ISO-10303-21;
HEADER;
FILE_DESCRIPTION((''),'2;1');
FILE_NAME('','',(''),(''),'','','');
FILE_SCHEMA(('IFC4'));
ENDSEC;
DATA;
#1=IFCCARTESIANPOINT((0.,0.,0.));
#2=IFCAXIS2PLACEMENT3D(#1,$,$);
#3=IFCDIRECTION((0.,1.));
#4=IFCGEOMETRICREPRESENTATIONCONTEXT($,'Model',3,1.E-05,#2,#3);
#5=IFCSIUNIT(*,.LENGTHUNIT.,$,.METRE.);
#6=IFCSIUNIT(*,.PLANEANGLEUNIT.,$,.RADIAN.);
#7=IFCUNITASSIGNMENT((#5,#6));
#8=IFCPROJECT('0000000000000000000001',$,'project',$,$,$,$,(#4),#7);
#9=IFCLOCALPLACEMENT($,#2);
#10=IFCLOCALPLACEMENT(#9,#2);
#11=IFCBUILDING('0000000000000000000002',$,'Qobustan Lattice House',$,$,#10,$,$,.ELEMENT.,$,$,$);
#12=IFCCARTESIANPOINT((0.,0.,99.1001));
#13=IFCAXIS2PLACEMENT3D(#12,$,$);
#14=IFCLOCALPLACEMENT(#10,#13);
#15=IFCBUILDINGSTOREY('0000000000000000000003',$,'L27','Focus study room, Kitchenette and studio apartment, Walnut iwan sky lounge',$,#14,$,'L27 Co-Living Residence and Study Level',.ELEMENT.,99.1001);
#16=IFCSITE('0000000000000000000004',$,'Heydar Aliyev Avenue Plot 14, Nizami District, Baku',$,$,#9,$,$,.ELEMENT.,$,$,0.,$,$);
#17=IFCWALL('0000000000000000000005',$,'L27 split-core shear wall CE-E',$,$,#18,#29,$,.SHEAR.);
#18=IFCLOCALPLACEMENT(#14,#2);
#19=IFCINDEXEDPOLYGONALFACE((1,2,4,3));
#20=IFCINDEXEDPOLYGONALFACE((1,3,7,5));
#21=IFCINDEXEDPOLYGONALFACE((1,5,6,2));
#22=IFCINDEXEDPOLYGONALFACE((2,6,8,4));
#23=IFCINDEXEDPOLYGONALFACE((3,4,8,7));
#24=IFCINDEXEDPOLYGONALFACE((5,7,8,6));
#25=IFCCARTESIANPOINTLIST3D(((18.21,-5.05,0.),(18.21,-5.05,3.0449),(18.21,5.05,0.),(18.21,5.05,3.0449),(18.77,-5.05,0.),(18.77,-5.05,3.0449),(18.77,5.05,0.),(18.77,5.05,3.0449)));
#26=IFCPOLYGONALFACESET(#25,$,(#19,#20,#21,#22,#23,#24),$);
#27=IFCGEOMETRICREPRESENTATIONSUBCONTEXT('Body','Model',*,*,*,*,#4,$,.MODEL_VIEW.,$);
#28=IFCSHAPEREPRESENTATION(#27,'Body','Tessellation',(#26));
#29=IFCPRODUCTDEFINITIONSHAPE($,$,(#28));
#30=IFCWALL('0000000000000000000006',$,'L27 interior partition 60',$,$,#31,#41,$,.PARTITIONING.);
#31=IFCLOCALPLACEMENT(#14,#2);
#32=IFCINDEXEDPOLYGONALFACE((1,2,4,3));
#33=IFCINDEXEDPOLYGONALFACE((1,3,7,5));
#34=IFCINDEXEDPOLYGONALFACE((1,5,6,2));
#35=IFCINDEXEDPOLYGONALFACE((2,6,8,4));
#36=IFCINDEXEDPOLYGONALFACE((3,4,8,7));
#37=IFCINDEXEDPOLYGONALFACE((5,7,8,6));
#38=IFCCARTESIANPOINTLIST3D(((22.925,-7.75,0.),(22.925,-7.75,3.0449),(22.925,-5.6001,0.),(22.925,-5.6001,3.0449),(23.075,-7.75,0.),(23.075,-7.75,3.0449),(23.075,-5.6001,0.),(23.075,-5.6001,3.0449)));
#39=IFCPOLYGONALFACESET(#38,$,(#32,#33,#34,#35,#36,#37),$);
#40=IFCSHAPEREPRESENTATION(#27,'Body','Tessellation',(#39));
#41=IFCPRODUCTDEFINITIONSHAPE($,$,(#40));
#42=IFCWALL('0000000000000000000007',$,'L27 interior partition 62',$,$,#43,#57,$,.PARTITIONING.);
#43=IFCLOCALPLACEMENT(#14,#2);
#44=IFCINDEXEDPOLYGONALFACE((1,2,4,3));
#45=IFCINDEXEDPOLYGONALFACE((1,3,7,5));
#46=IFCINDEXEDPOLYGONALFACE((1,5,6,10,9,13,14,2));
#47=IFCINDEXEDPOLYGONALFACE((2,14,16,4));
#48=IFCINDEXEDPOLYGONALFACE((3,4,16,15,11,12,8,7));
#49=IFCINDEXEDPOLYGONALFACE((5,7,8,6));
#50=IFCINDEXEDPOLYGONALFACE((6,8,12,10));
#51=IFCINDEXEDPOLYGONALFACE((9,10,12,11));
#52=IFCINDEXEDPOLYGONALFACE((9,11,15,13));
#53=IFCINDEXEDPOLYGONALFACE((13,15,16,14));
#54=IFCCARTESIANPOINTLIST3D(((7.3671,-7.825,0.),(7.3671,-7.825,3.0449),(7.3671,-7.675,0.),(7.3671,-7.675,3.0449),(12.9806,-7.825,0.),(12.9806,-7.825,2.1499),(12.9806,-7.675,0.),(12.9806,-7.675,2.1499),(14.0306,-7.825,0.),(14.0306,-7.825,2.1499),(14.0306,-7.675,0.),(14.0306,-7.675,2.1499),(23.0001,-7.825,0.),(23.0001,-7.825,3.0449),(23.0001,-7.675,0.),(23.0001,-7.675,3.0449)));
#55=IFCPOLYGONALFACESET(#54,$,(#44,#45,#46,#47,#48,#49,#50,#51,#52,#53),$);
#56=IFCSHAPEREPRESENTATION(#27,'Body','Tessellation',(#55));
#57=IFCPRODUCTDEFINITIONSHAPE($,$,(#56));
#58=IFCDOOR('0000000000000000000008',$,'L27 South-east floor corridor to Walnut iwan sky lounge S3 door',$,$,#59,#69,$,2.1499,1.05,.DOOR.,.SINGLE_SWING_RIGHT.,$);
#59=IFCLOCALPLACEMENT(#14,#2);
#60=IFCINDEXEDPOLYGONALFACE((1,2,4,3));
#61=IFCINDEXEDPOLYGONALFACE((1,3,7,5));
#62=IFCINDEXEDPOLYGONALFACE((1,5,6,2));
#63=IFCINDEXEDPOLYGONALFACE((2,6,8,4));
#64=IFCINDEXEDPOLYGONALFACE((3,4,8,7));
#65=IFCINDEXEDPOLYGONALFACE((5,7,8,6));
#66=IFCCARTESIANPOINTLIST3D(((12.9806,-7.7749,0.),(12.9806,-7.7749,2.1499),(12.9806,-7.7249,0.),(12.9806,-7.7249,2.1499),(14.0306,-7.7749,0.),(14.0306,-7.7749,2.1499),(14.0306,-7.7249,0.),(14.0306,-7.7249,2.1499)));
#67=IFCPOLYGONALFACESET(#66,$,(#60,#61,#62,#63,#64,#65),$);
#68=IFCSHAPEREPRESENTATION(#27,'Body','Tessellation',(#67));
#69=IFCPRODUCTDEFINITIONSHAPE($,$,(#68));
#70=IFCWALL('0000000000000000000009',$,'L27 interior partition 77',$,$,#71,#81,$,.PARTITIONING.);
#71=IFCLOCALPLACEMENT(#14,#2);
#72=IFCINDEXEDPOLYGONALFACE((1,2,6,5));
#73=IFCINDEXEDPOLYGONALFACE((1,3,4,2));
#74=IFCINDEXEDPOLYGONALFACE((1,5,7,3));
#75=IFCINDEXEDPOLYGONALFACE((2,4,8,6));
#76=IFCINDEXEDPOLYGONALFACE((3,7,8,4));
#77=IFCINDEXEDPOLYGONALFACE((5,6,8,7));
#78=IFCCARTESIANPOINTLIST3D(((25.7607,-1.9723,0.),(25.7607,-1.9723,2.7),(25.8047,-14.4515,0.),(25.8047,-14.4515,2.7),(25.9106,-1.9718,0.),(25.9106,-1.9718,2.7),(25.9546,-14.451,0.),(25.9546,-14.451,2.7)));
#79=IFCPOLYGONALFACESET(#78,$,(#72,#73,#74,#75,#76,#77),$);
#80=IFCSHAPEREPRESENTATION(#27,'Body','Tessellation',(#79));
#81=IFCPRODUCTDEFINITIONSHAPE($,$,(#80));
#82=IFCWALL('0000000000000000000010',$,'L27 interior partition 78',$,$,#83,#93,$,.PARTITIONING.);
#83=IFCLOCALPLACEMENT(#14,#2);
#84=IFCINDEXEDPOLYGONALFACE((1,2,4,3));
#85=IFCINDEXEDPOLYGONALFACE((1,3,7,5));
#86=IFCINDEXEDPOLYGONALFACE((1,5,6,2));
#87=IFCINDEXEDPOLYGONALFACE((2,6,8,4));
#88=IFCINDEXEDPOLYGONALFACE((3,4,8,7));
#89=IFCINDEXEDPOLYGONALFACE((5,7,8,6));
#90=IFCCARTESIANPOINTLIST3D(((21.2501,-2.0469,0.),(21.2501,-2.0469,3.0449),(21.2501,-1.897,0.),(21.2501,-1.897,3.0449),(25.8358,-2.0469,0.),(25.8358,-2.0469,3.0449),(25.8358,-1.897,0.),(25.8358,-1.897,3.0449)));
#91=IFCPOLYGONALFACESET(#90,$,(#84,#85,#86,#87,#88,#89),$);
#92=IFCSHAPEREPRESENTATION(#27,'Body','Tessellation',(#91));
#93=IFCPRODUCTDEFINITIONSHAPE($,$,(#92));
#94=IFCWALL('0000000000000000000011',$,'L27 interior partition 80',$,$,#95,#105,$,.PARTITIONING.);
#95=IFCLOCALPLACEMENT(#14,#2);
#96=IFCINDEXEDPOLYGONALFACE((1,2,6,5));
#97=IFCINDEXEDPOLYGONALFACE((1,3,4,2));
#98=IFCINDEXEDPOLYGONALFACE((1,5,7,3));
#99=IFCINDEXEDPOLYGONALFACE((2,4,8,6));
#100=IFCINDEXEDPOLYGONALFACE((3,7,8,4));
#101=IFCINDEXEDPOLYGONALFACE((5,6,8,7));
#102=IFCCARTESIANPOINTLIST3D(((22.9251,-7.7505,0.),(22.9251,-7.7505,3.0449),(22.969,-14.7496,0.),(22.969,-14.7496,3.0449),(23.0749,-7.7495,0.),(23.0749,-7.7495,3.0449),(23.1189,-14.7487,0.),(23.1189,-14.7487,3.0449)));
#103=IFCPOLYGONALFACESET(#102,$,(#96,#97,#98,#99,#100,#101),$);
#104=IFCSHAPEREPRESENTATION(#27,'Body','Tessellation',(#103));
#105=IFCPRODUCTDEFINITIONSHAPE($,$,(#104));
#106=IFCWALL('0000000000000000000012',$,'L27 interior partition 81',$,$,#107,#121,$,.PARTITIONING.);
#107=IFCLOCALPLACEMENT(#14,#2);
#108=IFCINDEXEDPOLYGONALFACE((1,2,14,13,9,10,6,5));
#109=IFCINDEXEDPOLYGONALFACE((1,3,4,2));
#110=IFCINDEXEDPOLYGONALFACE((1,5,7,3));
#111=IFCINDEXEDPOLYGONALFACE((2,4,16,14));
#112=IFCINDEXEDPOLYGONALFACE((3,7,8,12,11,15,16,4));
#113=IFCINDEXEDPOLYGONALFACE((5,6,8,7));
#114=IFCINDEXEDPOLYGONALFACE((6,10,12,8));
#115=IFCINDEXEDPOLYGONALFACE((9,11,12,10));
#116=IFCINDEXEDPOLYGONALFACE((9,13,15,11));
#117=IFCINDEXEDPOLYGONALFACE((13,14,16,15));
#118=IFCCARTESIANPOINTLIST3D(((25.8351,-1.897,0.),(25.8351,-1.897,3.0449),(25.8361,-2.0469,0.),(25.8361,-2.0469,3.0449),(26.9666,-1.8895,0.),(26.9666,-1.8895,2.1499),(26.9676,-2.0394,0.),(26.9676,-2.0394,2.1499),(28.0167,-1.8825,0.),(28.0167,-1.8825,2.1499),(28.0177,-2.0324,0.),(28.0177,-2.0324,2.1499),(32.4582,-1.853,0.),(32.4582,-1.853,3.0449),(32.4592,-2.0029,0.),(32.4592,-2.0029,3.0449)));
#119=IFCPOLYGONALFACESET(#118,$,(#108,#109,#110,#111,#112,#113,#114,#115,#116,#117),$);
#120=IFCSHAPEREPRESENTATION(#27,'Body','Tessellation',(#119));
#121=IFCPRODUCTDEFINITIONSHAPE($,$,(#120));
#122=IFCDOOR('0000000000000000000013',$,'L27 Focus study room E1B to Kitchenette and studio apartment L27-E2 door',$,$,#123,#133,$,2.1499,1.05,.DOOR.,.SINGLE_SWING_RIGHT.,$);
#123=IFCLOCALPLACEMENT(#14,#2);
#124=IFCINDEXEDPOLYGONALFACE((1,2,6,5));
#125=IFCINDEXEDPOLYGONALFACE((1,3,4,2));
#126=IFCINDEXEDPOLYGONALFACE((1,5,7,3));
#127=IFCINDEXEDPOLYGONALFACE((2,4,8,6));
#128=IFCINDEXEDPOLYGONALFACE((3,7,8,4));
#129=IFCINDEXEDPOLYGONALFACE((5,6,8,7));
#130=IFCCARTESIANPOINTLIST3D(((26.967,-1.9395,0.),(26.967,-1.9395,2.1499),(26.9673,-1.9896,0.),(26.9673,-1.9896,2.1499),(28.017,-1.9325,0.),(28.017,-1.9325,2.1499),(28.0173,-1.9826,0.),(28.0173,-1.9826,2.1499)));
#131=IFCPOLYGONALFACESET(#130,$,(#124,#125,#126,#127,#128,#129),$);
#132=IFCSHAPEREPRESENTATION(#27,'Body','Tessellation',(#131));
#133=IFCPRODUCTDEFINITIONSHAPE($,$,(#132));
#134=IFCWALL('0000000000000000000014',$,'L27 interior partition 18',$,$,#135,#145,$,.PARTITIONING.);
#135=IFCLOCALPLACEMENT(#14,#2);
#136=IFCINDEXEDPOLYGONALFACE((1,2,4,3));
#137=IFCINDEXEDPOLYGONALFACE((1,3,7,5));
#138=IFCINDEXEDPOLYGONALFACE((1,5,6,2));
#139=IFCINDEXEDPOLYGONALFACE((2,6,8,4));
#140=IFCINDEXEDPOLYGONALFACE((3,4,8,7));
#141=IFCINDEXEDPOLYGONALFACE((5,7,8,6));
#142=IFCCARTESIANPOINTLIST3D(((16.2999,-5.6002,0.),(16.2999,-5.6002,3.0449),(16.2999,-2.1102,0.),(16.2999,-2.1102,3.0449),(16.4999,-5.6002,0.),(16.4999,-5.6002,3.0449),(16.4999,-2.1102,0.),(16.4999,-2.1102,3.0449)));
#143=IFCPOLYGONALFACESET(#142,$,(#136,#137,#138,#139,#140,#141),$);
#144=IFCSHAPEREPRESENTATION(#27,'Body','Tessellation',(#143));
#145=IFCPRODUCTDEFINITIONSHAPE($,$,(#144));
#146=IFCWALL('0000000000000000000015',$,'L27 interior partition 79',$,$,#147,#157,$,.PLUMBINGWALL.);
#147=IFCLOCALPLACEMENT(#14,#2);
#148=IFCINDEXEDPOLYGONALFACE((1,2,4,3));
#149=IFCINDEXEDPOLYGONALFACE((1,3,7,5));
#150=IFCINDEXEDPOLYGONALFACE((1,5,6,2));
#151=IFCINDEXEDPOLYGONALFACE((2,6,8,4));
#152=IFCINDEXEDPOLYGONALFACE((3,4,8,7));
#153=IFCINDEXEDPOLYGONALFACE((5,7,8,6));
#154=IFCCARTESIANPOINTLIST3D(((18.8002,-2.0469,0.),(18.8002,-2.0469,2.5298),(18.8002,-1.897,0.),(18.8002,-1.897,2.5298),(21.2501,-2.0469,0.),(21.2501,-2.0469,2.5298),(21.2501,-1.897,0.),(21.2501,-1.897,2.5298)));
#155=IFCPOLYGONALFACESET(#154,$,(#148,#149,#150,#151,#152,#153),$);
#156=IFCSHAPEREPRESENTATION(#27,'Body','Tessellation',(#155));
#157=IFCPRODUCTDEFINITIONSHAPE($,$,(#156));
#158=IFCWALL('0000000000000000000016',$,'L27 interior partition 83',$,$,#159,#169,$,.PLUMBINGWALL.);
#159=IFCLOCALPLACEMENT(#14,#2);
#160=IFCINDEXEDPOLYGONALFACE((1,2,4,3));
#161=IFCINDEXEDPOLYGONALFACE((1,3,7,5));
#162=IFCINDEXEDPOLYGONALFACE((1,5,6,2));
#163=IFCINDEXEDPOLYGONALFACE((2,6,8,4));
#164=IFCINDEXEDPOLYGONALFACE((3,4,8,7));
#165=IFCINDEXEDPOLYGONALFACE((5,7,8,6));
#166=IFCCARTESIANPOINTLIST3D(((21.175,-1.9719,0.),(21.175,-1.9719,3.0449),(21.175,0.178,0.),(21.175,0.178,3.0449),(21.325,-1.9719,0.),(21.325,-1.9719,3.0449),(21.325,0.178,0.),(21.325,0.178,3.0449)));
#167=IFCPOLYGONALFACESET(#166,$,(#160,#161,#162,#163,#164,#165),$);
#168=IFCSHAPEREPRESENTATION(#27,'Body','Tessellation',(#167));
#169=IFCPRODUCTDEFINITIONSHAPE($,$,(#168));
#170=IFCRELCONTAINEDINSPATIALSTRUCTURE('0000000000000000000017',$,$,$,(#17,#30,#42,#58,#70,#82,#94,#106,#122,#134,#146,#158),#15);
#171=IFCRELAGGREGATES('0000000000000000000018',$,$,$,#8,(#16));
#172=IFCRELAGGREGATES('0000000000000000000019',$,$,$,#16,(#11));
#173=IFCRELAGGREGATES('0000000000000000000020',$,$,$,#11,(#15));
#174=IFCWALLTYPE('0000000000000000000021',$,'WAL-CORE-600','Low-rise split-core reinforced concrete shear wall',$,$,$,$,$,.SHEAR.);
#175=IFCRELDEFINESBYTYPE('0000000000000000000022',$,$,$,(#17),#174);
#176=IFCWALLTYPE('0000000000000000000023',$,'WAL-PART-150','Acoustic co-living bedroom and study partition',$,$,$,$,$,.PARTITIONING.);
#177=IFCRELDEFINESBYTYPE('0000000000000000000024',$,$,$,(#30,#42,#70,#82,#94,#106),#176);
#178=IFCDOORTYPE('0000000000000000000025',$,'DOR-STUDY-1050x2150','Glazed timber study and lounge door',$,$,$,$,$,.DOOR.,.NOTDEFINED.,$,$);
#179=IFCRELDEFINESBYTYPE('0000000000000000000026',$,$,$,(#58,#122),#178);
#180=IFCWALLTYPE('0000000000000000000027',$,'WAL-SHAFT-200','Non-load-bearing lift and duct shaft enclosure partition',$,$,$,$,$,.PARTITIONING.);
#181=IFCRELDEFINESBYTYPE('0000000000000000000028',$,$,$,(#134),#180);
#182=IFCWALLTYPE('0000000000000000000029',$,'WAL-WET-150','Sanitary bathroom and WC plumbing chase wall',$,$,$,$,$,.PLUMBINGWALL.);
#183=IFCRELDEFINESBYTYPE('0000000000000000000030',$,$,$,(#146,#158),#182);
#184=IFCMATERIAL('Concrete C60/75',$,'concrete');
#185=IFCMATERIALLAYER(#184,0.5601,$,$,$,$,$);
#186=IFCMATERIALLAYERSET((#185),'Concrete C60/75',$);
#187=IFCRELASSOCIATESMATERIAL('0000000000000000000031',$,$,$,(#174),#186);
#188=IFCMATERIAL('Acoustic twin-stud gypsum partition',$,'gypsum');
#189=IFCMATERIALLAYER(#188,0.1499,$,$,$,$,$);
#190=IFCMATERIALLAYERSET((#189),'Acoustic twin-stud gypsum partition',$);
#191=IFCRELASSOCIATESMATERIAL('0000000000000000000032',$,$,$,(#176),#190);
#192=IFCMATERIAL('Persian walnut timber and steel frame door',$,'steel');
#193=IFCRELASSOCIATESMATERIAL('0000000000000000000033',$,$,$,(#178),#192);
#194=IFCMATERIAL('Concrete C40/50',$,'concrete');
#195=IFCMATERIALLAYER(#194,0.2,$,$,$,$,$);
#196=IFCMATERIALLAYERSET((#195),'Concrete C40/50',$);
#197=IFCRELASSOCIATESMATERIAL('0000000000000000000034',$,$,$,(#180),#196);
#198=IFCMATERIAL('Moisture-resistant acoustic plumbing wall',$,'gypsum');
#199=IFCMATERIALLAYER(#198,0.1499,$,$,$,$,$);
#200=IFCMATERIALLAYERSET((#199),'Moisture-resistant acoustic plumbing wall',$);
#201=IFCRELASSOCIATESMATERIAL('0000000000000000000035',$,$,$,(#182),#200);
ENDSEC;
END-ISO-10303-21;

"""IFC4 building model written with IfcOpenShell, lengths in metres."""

from ifc_helpers import new_model, si_unit, direction, frame, frame_2d, origin, place, context, subcontext, project, spatial, rectangle, extrude, material, layer, layer_set, type_object, element, fill, save


model = new_model("IFC4")

# Units and contexts
model_context = context("Model", 3, precision=1e-05, world=origin(), true_north=direction((0.0, 1.0)))
body_context = subcontext(model_context, "Body", "Model", "MODEL_VIEW")
ifc_project = project(units=[si_unit("LENGTHUNIT", "METRE"), si_unit("PLANEANGLEUNIT", "RADIAN")], contexts=[model_context])

# Site, building, storey
site_placement = place(None, origin())
site = spatial("IfcSite", under=ifc_project, at=site_placement, Name="Heydar Aliyev Avenue Plot 14, Nizami District, Baku", CompositionType="ELEMENT", RefElevation=0.0)
building_placement = place(site_placement, origin())
building = spatial("IfcBuilding", under=site, at=building_placement, Name="Qobustan Lattice House", CompositionType="ELEMENT")
storey_placement = place(building_placement, frame((0.0, 0.0, 99.1001)))
storey = spatial("IfcBuildingStorey", under=building, at=storey_placement, Name="L27", Description="Focus study room, Kitchenette and studio apartment, Walnut iwan sky lounge", LongName="L27 Co-Living Residence and Study Level", CompositionType="ELEMENT", Elevation=99.1001)

# Wall
ifc_material_1 = material(Name="Concrete C60/75", Category="concrete")
ifc_layer_1 = layer(ifc_material_1, 0.5601)
ifc_layer_set_1 = layer_set([ifc_layer_1], Name="Concrete C60/75")
wall_type_1 = type_object("IfcWallType", Name="WAL-CORE-600", Description="Low-rise split-core reinforced concrete shear wall", PredefinedType="SHEAR", material=ifc_layer_set_1)
wall_1_placement = place(storey_placement, frame((18.49, -5.05, 0.0), z_axis=(0.0, 0.0, 1.0), x_axis=(0.0, 1.0, 0.0)))
element("IfcWall", 1, at=wall_1_placement, inside=storey, type_object=wall_type_1, Name="L27 split-core shear wall CE-E", PredefinedType="SHEAR", context=body_context, shape_type="SweptSolid", body=[
    extrude(rectangle(XDim=10.1001, YDim=0.5601, at=frame_2d((5.05, 0.0))), origin(), (0.0, 0.0, 1.0), 3.0449),
])

# Shared definitions
ifc_material_2 = material(Name="Acoustic twin-stud gypsum partition", Category="gypsum")
ifc_layer_2 = layer(ifc_material_2, 0.1499)
ifc_layer_set_2 = layer_set([ifc_layer_2], Name="Acoustic twin-stud gypsum partition")
wall_type_2 = type_object("IfcWallType", Name="WAL-PART-150", Description="Acoustic co-living bedroom and study partition", PredefinedType="PARTITIONING", material=ifc_layer_set_2)
ifc_material_3 = material(Name="Persian walnut timber and steel frame door", Category="steel")
door_type = type_object("IfcDoorType", Name="DOR-STUDY-1050x2150", Description="Glazed timber study and lounge door", OperationType="NOTDEFINED", PredefinedType="DOOR", material=ifc_material_3)

# Wall
wall_2_placement = place(storey_placement, frame((23.0, -5.6001, 0.0), z_axis=(0.0, 0.0, 1.0), x_axis=(0.0, -1.0, 0.0)))
element("IfcWall", 2, at=wall_2_placement, inside=storey, type_object=wall_type_2, Name="L27 interior partition 60", PredefinedType="PARTITIONING", context=body_context, shape_type="SweptSolid", body=[
    extrude(rectangle(XDim=2.1499, YDim=0.1499, at=frame_2d((1.075, 0.0))), origin(), (0.0, 0.0, 1.0), 3.0449),
])

# Wall, opening, door
wall_3_placement = place(storey_placement, frame((23.0, -7.75, 0.0), z_axis=(0.0, 0.0, 1.0), x_axis=(-1.0, 0.0, 0.0)))
wall_3 = element("IfcWall", 3, at=wall_3_placement, inside=storey, type_object=wall_type_2, Name="L27 interior partition 62", PredefinedType="PARTITIONING", context=body_context, shape_type="SweptSolid", body=[
    extrude(rectangle(XDim=15.6331, YDim=0.1499, at=frame_2d((7.8164, 0.0))), origin(), (0.0, 0.0, 1.0), 3.0449),
])
opening_1_placement = place(wall_3_placement, frame((8.9695, 0.0, 0.0)))
opening_1 = element("IfcOpeningElement", 4, at=opening_1_placement, cuts=wall_3, PredefinedType="OPENING", context=body_context, shape_type="SweptSolid", body=[
    extrude(rectangle(XDim=1.05, YDim=2.1499, at=frame_2d((0.5249, 1.075))), frame((0.0, 0.085, 0.0), z_axis=(0.0, -1.0, 0.0), x_axis=(1.0, 0.0, 0.0)), (0.0, 0.0, 1.0), 0.1699),
])
door_1_placement = place(opening_1_placement, origin())
door_1 = element("IfcDoor", 5, at=door_1_placement, inside=storey, type_object=door_type, Name="L27 South-east floor corridor to Walnut iwan sky lounge S3 door", OperationType="SINGLE_SWING_RIGHT", OverallHeight=2.1499, OverallWidth=1.05, PredefinedType="DOOR", context=body_context, shape_type="SweptSolid", body=[
    extrude(rectangle(XDim=1.05, YDim=2.1499, at=frame_2d((0.5249, 1.075))), frame((0.0, 0.0249, 0.0), z_axis=(0.0, -1.0, 0.0), x_axis=(1.0, 0.0, 0.0)), (0.0, 0.0, 1.0), 0.05),
])
fill(opening_1, door_1)

# Walls
wall_4_placement = place(storey_placement, frame((25.8357, -1.9719, 0.0), z_axis=(0.0, 0.0, 1.0), x_axis=(0.003521, -0.999994, 0.0)))
element("IfcWall", 6, at=wall_4_placement, inside=storey, type_object=wall_type_2, Name="L27 interior partition 77", PredefinedType="PARTITIONING", context=body_context, shape_type="SweptSolid", body=[
    extrude(rectangle(XDim=12.4792, YDim=0.1499, at=frame_2d((6.2397, 0.0))), origin(), (0.0, 0.0, 1.0), 2.7),
])
wall_5_placement = place(storey_placement, frame((21.25, -1.9719, 0.0), z_axis=(0.0, 0.0, 1.0), x_axis=(1.0, 0.0, 0.0)))
element("IfcWall", 7, at=wall_5_placement, inside=storey, type_object=wall_type_2, Name="L27 interior partition 78", PredefinedType="PARTITIONING", context=body_context, shape_type="SweptSolid", body=[
    extrude(rectangle(XDim=4.5857, YDim=0.1499, at=frame_2d((2.293, 0.0))), origin(), (0.0, 0.0, 1.0), 3.0449),
])
wall_6_placement = place(storey_placement, frame((23.0439, -14.749, 0.0), z_axis=(0.0, 0.0, 1.0), x_axis=(-0.006279, 0.99998, 0.0)))
element("IfcWall", 8, at=wall_6_placement, inside=storey, type_object=wall_type_2, Name="L27 interior partition 80", PredefinedType="PARTITIONING", context=body_context, shape_type="SweptSolid", body=[
    extrude(rectangle(XDim=6.9993, YDim=0.1499, at=frame_2d((3.4995, 0.0))), origin(), (0.0, 0.0, 1.0), 3.0449),
])

# Wall, opening, door
wall_7_placement = place(storey_placement, frame((25.8357, -1.9719, 0.0), z_axis=(0.0, 0.0, 1.0), x_axis=(0.999978, 0.006635, 0.0)))
wall_7 = element("IfcWall", 9, at=wall_7_placement, inside=storey, type_object=wall_type_2, Name="L27 interior partition 81", PredefinedType="PARTITIONING", context=body_context, shape_type="SweptSolid", body=[
    extrude(rectangle(XDim=6.6233, YDim=0.1499, at=frame_2d((3.3115, 0.0))), origin(), (0.0, 0.0, 1.0), 3.0449),
])
opening_2_placement = place(wall_7_placement, frame((1.1316, 0.0, 0.0)))
opening_2 = element("IfcOpeningElement", 10, at=opening_2_placement, cuts=wall_7, PredefinedType="OPENING", context=body_context, shape_type="SweptSolid", body=[
    extrude(rectangle(XDim=1.05, YDim=2.1499, at=frame_2d((0.5249, 1.075))), frame((0.0, 0.085, 0.0), z_axis=(0.0, -1.0, 0.0), x_axis=(1.0, 0.0, 0.0)), (0.0, 0.0, 1.0), 0.1699),
])
door_2_placement = place(opening_2_placement, origin())
door_2 = element("IfcDoor", 11, at=door_2_placement, inside=storey, type_object=door_type, Name="L27 Focus study room E1B to Kitchenette and studio apartment L27-E2 door", OperationType="SINGLE_SWING_RIGHT", OverallHeight=2.1499, OverallWidth=1.05, PredefinedType="DOOR", context=body_context, shape_type="SweptSolid", body=[
    extrude(rectangle(XDim=1.05, YDim=2.1499, at=frame_2d((0.5249, 1.075))), frame((0.0, 0.0249, 0.0), z_axis=(0.0, -1.0, 0.0), x_axis=(1.0, 0.0, 0.0)), (0.0, 0.0, 1.0), 0.05),
])
fill(opening_2, door_2)

# Walls
ifc_material_4 = material(Name="Concrete C40/50", Category="concrete")
ifc_layer_3 = layer(ifc_material_4, 0.2)
ifc_layer_set_3 = layer_set([ifc_layer_3], Name="Concrete C40/50")
wall_type_3 = type_object("IfcWallType", Name="WAL-SHAFT-200", Description="Non-load-bearing lift and duct shaft enclosure partition", PredefinedType="PARTITIONING", material=ifc_layer_set_3)
wall_8_placement = place(storey_placement, frame((16.3999, -2.1101, 0.0), z_axis=(0.0, 0.0, 1.0), x_axis=(0.0, -1.0, 0.0)))
element("IfcWall", 12, at=wall_8_placement, inside=storey, type_object=wall_type_3, Name="L27 interior partition 18", PredefinedType="PARTITIONING", context=body_context, shape_type="SweptSolid", body=[
    extrude(rectangle(XDim=3.49, YDim=0.2, at=frame_2d((1.7451, 0.0))), origin(), (0.0, 0.0, 1.0), 3.0449),
])
ifc_material_5 = material(Name="Moisture-resistant acoustic plumbing wall", Category="gypsum")
ifc_layer_4 = layer(ifc_material_5, 0.1499)
ifc_layer_set_4 = layer_set([ifc_layer_4], Name="Moisture-resistant acoustic plumbing wall")
wall_type_4 = type_object("IfcWallType", Name="WAL-WET-150", Description="Sanitary bathroom and WC plumbing chase wall", PredefinedType="PLUMBINGWALL", material=ifc_layer_set_4)
wall_9_placement = place(storey_placement, frame((18.8, -1.9719, 0.0), z_axis=(0.0, 0.0, 1.0), x_axis=(1.0, 0.0, 0.0)))
element("IfcWall", 13, at=wall_9_placement, inside=storey, type_object=wall_type_4, Name="L27 interior partition 79", PredefinedType="PLUMBINGWALL", context=body_context, shape_type="SweptSolid", body=[
    extrude(rectangle(XDim=2.45, YDim=0.1499, at=frame_2d((1.2251, 0.0))), origin(), (0.0, 0.0, 1.0), 2.5298),
])
wall_10_placement = place(storey_placement, frame((21.25, -1.9719, 0.0), z_axis=(0.0, 0.0, 1.0), x_axis=(0.0, 1.0, 0.0)))
element("IfcWall", 14, at=wall_10_placement, inside=storey, type_object=wall_type_4, Name="L27 interior partition 83", PredefinedType="PLUMBINGWALL", context=body_context, shape_type="SweptSolid", body=[
    extrude(rectangle(XDim=2.1499, YDim=0.1499, at=frame_2d((1.075, 0.0))), origin(), (0.0, 0.0, 1.0), 3.0449),
])

save(model, "model.ifc")
